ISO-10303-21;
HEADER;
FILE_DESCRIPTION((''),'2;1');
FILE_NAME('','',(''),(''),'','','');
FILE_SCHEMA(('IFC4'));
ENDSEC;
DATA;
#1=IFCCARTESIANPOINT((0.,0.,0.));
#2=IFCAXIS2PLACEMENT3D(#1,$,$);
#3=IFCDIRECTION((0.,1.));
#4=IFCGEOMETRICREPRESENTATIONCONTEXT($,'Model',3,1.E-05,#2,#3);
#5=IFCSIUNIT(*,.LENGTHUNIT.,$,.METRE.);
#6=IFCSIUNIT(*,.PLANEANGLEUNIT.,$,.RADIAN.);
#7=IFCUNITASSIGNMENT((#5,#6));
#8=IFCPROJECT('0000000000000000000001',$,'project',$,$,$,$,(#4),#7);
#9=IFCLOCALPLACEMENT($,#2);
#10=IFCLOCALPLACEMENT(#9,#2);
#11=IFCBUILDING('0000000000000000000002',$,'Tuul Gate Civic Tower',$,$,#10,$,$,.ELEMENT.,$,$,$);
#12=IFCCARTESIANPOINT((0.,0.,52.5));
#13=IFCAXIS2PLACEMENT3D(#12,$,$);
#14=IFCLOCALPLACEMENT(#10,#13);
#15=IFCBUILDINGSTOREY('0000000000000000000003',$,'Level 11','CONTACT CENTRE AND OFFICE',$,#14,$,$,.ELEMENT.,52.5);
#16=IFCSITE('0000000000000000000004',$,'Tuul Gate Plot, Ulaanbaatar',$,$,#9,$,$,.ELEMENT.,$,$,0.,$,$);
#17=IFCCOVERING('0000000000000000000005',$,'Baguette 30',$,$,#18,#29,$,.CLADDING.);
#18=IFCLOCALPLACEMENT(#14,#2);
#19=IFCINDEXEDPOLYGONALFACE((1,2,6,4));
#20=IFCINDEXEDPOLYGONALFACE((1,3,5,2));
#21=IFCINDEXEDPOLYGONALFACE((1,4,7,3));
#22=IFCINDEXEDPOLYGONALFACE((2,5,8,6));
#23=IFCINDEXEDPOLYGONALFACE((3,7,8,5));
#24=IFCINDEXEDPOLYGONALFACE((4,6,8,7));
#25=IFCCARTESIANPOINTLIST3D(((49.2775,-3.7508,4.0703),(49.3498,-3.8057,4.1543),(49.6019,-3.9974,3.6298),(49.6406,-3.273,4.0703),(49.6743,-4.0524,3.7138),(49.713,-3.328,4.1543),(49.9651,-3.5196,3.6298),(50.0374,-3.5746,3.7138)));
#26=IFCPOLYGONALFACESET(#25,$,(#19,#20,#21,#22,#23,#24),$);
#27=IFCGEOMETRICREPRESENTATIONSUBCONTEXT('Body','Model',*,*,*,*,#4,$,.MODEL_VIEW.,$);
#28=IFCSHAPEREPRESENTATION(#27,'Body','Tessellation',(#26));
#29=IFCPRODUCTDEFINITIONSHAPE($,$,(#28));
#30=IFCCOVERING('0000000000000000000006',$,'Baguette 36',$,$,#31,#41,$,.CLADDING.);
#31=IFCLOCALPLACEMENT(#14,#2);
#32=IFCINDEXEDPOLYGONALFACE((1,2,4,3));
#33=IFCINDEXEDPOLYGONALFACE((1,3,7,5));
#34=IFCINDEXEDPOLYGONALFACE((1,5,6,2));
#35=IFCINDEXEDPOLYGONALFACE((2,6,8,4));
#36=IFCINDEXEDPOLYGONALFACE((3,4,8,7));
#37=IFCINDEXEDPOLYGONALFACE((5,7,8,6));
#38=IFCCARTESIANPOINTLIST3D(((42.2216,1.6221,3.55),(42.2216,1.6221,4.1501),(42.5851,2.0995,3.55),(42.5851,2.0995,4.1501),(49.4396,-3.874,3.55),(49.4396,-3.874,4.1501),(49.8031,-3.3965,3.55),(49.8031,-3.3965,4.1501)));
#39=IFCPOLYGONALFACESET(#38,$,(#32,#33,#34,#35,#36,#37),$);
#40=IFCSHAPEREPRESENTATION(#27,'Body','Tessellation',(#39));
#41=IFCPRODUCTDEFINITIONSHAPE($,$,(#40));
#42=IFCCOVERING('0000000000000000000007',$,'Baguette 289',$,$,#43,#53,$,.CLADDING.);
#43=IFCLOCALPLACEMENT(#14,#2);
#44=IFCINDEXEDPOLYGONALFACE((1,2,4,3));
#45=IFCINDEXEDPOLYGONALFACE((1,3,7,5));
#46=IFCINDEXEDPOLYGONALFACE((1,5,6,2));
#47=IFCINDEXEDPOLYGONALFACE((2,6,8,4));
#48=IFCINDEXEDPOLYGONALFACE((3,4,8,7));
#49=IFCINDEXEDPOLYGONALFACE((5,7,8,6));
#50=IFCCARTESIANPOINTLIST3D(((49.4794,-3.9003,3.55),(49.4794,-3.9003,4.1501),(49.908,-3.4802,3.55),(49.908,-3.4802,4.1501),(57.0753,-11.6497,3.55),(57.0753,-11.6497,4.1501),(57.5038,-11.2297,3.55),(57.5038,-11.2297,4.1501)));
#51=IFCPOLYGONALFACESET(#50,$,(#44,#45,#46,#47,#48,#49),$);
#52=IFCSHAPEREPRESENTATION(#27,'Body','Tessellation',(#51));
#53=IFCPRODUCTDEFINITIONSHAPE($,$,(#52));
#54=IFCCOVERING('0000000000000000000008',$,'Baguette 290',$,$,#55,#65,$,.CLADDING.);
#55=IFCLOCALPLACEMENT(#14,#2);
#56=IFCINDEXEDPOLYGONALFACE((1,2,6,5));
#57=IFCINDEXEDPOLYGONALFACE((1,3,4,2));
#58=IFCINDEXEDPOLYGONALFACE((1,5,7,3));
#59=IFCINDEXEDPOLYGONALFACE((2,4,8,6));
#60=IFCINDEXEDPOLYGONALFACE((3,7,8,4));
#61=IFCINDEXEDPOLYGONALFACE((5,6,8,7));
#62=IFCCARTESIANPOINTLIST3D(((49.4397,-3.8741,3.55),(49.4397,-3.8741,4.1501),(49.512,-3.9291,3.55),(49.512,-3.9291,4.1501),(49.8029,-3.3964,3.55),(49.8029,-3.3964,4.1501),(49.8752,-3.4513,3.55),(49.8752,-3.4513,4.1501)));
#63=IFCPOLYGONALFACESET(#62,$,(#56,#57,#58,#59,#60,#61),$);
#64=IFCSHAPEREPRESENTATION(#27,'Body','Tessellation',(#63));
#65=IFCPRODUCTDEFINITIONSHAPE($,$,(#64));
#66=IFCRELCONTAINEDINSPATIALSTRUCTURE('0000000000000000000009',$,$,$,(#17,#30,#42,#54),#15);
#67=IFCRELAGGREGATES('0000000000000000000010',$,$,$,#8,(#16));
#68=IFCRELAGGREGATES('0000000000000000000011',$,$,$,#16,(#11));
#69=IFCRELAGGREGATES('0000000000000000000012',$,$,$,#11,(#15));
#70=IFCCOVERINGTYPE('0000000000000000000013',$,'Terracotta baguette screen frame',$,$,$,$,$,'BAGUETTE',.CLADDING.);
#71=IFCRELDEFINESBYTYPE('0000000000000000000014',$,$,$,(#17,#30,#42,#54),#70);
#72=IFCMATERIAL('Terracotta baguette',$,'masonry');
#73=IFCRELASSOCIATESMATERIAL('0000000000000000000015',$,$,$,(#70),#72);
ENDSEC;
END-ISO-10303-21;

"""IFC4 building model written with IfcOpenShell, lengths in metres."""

from ifc_helpers import new_model, si_unit, direction, frame, origin, origin_2d, place, context, subcontext, project, spatial, rectangle, extrude, material, material_profile, profile_set, type_object, element, save


model = new_model("IFC4")

# Units and contexts
model_context = context("Model", 3, precision=1e-05, world=origin(), true_north=direction((0.0, 1.0)))
body_context = subcontext(model_context, "Body", "Model", "MODEL_VIEW")
ifc_project = project(units=[si_unit("LENGTHUNIT", "METRE"), si_unit("PLANEANGLEUNIT", "RADIAN")], contexts=[model_context])

# Site, building, storey
site_placement = place(None, origin())
site = spatial("IfcSite", under=ifc_project, at=site_placement, Name="Tuul Gate Plot, Ulaanbaatar", CompositionType="ELEMENT", RefElevation=0.0)
building_placement = place(site_placement, origin())
building = spatial("IfcBuilding", under=site, at=building_placement, Name="Tuul Gate Civic Tower", CompositionType="ELEMENT")
storey_placement = place(building_placement, frame((0.0, 0.0, 52.5)))
storey = spatial("IfcBuildingStorey", under=building, at=storey_placement, Name="Level 11", Description="CONTACT CENTRE AND OFFICE", CompositionType="ELEMENT", Elevation=52.5)

# Coverings
ifc_material_1 = material(Name="Terracotta baguette", Category="masonry")
ifc_material_profile_1 = material_profile(ifc_material_1, rectangle(XDim=0.6001, YDim=0.6001, at=origin_2d()), Name="Terracotta baguette screen frame")
ifc_profile_set_1 = profile_set([ifc_material_profile_1], Name="Terracotta baguette")
covering_type = type_object("IfcCoveringType", Name="Terracotta baguette screen frame", ElementType="BAGUETTE", PredefinedType="CLADDING", material=ifc_profile_set_1)
covering_1_placement = place(storey_placement, frame((49.6936, -3.6902, 3.9341), z_axis=(-0.584363, 0.444195, -0.679125), x_axis=(-0.605151, -0.79611, 0.0)))
element("IfcCovering", 1, at=covering_1_placement, inside=storey, type_object=covering_type, Name="Baguette 30", PredefinedType="CLADDING", context=body_context, shape_type="SweptSolid", body=[
    extrude(rectangle(XDim=0.6001, YDim=0.6001, at=origin_2d()), origin(), (0.0, 0.0, 1.0), 0.1238),
])
covering_2_placement = place(storey_placement, frame((49.6213, -3.6353, 3.8501), z_axis=(-0.79561, 0.60581, 0.0), x_axis=(-0.60581, -0.79561, 0.0)))
element("IfcCovering", 2, at=covering_2_placement, inside=storey, type_object=covering_type, Name="Baguette 36", PredefinedType="CLADDING", context=body_context, shape_type="SweptSolid", body=[
    extrude(rectangle(XDim=0.6001, YDim=0.6001, at=origin_2d()), origin(), (0.0, 0.0, 1.0), 9.0723),
])
covering_3_placement = place(storey_placement, frame((57.2896, -11.4397, 3.8501), z_axis=(-0.699996, 0.714147, 0.0), x_axis=(-0.714147, -0.699996, 0.0)))
element("IfcCovering", 3, at=covering_3_placement, inside=storey, type_object=covering_type, Name="Baguette 289", PredefinedType="CLADDING", context=body_context, shape_type="SweptSolid", body=[
    extrude(rectangle(XDim=0.6001, YDim=0.6001, at=origin_2d()), origin(), (0.0, 0.0, 1.0), 10.8513),
])
covering_4_placement = place(storey_placement, frame((49.6936, -3.6902, 3.8501), z_axis=(-0.79611, 0.605151, 0.0), x_axis=(-0.605151, -0.79611, 0.0)))
element("IfcCovering", 4, at=covering_4_placement, inside=storey, type_object=covering_type, Name="Baguette 290", PredefinedType="CLADDING", context=body_context, shape_type="SweptSolid", body=[
    extrude(rectangle(XDim=0.6001, YDim=0.6001, at=origin_2d()), origin(), (0.0, 0.0, 1.0), 0.0908),
])

save(model, "model.ifc")
